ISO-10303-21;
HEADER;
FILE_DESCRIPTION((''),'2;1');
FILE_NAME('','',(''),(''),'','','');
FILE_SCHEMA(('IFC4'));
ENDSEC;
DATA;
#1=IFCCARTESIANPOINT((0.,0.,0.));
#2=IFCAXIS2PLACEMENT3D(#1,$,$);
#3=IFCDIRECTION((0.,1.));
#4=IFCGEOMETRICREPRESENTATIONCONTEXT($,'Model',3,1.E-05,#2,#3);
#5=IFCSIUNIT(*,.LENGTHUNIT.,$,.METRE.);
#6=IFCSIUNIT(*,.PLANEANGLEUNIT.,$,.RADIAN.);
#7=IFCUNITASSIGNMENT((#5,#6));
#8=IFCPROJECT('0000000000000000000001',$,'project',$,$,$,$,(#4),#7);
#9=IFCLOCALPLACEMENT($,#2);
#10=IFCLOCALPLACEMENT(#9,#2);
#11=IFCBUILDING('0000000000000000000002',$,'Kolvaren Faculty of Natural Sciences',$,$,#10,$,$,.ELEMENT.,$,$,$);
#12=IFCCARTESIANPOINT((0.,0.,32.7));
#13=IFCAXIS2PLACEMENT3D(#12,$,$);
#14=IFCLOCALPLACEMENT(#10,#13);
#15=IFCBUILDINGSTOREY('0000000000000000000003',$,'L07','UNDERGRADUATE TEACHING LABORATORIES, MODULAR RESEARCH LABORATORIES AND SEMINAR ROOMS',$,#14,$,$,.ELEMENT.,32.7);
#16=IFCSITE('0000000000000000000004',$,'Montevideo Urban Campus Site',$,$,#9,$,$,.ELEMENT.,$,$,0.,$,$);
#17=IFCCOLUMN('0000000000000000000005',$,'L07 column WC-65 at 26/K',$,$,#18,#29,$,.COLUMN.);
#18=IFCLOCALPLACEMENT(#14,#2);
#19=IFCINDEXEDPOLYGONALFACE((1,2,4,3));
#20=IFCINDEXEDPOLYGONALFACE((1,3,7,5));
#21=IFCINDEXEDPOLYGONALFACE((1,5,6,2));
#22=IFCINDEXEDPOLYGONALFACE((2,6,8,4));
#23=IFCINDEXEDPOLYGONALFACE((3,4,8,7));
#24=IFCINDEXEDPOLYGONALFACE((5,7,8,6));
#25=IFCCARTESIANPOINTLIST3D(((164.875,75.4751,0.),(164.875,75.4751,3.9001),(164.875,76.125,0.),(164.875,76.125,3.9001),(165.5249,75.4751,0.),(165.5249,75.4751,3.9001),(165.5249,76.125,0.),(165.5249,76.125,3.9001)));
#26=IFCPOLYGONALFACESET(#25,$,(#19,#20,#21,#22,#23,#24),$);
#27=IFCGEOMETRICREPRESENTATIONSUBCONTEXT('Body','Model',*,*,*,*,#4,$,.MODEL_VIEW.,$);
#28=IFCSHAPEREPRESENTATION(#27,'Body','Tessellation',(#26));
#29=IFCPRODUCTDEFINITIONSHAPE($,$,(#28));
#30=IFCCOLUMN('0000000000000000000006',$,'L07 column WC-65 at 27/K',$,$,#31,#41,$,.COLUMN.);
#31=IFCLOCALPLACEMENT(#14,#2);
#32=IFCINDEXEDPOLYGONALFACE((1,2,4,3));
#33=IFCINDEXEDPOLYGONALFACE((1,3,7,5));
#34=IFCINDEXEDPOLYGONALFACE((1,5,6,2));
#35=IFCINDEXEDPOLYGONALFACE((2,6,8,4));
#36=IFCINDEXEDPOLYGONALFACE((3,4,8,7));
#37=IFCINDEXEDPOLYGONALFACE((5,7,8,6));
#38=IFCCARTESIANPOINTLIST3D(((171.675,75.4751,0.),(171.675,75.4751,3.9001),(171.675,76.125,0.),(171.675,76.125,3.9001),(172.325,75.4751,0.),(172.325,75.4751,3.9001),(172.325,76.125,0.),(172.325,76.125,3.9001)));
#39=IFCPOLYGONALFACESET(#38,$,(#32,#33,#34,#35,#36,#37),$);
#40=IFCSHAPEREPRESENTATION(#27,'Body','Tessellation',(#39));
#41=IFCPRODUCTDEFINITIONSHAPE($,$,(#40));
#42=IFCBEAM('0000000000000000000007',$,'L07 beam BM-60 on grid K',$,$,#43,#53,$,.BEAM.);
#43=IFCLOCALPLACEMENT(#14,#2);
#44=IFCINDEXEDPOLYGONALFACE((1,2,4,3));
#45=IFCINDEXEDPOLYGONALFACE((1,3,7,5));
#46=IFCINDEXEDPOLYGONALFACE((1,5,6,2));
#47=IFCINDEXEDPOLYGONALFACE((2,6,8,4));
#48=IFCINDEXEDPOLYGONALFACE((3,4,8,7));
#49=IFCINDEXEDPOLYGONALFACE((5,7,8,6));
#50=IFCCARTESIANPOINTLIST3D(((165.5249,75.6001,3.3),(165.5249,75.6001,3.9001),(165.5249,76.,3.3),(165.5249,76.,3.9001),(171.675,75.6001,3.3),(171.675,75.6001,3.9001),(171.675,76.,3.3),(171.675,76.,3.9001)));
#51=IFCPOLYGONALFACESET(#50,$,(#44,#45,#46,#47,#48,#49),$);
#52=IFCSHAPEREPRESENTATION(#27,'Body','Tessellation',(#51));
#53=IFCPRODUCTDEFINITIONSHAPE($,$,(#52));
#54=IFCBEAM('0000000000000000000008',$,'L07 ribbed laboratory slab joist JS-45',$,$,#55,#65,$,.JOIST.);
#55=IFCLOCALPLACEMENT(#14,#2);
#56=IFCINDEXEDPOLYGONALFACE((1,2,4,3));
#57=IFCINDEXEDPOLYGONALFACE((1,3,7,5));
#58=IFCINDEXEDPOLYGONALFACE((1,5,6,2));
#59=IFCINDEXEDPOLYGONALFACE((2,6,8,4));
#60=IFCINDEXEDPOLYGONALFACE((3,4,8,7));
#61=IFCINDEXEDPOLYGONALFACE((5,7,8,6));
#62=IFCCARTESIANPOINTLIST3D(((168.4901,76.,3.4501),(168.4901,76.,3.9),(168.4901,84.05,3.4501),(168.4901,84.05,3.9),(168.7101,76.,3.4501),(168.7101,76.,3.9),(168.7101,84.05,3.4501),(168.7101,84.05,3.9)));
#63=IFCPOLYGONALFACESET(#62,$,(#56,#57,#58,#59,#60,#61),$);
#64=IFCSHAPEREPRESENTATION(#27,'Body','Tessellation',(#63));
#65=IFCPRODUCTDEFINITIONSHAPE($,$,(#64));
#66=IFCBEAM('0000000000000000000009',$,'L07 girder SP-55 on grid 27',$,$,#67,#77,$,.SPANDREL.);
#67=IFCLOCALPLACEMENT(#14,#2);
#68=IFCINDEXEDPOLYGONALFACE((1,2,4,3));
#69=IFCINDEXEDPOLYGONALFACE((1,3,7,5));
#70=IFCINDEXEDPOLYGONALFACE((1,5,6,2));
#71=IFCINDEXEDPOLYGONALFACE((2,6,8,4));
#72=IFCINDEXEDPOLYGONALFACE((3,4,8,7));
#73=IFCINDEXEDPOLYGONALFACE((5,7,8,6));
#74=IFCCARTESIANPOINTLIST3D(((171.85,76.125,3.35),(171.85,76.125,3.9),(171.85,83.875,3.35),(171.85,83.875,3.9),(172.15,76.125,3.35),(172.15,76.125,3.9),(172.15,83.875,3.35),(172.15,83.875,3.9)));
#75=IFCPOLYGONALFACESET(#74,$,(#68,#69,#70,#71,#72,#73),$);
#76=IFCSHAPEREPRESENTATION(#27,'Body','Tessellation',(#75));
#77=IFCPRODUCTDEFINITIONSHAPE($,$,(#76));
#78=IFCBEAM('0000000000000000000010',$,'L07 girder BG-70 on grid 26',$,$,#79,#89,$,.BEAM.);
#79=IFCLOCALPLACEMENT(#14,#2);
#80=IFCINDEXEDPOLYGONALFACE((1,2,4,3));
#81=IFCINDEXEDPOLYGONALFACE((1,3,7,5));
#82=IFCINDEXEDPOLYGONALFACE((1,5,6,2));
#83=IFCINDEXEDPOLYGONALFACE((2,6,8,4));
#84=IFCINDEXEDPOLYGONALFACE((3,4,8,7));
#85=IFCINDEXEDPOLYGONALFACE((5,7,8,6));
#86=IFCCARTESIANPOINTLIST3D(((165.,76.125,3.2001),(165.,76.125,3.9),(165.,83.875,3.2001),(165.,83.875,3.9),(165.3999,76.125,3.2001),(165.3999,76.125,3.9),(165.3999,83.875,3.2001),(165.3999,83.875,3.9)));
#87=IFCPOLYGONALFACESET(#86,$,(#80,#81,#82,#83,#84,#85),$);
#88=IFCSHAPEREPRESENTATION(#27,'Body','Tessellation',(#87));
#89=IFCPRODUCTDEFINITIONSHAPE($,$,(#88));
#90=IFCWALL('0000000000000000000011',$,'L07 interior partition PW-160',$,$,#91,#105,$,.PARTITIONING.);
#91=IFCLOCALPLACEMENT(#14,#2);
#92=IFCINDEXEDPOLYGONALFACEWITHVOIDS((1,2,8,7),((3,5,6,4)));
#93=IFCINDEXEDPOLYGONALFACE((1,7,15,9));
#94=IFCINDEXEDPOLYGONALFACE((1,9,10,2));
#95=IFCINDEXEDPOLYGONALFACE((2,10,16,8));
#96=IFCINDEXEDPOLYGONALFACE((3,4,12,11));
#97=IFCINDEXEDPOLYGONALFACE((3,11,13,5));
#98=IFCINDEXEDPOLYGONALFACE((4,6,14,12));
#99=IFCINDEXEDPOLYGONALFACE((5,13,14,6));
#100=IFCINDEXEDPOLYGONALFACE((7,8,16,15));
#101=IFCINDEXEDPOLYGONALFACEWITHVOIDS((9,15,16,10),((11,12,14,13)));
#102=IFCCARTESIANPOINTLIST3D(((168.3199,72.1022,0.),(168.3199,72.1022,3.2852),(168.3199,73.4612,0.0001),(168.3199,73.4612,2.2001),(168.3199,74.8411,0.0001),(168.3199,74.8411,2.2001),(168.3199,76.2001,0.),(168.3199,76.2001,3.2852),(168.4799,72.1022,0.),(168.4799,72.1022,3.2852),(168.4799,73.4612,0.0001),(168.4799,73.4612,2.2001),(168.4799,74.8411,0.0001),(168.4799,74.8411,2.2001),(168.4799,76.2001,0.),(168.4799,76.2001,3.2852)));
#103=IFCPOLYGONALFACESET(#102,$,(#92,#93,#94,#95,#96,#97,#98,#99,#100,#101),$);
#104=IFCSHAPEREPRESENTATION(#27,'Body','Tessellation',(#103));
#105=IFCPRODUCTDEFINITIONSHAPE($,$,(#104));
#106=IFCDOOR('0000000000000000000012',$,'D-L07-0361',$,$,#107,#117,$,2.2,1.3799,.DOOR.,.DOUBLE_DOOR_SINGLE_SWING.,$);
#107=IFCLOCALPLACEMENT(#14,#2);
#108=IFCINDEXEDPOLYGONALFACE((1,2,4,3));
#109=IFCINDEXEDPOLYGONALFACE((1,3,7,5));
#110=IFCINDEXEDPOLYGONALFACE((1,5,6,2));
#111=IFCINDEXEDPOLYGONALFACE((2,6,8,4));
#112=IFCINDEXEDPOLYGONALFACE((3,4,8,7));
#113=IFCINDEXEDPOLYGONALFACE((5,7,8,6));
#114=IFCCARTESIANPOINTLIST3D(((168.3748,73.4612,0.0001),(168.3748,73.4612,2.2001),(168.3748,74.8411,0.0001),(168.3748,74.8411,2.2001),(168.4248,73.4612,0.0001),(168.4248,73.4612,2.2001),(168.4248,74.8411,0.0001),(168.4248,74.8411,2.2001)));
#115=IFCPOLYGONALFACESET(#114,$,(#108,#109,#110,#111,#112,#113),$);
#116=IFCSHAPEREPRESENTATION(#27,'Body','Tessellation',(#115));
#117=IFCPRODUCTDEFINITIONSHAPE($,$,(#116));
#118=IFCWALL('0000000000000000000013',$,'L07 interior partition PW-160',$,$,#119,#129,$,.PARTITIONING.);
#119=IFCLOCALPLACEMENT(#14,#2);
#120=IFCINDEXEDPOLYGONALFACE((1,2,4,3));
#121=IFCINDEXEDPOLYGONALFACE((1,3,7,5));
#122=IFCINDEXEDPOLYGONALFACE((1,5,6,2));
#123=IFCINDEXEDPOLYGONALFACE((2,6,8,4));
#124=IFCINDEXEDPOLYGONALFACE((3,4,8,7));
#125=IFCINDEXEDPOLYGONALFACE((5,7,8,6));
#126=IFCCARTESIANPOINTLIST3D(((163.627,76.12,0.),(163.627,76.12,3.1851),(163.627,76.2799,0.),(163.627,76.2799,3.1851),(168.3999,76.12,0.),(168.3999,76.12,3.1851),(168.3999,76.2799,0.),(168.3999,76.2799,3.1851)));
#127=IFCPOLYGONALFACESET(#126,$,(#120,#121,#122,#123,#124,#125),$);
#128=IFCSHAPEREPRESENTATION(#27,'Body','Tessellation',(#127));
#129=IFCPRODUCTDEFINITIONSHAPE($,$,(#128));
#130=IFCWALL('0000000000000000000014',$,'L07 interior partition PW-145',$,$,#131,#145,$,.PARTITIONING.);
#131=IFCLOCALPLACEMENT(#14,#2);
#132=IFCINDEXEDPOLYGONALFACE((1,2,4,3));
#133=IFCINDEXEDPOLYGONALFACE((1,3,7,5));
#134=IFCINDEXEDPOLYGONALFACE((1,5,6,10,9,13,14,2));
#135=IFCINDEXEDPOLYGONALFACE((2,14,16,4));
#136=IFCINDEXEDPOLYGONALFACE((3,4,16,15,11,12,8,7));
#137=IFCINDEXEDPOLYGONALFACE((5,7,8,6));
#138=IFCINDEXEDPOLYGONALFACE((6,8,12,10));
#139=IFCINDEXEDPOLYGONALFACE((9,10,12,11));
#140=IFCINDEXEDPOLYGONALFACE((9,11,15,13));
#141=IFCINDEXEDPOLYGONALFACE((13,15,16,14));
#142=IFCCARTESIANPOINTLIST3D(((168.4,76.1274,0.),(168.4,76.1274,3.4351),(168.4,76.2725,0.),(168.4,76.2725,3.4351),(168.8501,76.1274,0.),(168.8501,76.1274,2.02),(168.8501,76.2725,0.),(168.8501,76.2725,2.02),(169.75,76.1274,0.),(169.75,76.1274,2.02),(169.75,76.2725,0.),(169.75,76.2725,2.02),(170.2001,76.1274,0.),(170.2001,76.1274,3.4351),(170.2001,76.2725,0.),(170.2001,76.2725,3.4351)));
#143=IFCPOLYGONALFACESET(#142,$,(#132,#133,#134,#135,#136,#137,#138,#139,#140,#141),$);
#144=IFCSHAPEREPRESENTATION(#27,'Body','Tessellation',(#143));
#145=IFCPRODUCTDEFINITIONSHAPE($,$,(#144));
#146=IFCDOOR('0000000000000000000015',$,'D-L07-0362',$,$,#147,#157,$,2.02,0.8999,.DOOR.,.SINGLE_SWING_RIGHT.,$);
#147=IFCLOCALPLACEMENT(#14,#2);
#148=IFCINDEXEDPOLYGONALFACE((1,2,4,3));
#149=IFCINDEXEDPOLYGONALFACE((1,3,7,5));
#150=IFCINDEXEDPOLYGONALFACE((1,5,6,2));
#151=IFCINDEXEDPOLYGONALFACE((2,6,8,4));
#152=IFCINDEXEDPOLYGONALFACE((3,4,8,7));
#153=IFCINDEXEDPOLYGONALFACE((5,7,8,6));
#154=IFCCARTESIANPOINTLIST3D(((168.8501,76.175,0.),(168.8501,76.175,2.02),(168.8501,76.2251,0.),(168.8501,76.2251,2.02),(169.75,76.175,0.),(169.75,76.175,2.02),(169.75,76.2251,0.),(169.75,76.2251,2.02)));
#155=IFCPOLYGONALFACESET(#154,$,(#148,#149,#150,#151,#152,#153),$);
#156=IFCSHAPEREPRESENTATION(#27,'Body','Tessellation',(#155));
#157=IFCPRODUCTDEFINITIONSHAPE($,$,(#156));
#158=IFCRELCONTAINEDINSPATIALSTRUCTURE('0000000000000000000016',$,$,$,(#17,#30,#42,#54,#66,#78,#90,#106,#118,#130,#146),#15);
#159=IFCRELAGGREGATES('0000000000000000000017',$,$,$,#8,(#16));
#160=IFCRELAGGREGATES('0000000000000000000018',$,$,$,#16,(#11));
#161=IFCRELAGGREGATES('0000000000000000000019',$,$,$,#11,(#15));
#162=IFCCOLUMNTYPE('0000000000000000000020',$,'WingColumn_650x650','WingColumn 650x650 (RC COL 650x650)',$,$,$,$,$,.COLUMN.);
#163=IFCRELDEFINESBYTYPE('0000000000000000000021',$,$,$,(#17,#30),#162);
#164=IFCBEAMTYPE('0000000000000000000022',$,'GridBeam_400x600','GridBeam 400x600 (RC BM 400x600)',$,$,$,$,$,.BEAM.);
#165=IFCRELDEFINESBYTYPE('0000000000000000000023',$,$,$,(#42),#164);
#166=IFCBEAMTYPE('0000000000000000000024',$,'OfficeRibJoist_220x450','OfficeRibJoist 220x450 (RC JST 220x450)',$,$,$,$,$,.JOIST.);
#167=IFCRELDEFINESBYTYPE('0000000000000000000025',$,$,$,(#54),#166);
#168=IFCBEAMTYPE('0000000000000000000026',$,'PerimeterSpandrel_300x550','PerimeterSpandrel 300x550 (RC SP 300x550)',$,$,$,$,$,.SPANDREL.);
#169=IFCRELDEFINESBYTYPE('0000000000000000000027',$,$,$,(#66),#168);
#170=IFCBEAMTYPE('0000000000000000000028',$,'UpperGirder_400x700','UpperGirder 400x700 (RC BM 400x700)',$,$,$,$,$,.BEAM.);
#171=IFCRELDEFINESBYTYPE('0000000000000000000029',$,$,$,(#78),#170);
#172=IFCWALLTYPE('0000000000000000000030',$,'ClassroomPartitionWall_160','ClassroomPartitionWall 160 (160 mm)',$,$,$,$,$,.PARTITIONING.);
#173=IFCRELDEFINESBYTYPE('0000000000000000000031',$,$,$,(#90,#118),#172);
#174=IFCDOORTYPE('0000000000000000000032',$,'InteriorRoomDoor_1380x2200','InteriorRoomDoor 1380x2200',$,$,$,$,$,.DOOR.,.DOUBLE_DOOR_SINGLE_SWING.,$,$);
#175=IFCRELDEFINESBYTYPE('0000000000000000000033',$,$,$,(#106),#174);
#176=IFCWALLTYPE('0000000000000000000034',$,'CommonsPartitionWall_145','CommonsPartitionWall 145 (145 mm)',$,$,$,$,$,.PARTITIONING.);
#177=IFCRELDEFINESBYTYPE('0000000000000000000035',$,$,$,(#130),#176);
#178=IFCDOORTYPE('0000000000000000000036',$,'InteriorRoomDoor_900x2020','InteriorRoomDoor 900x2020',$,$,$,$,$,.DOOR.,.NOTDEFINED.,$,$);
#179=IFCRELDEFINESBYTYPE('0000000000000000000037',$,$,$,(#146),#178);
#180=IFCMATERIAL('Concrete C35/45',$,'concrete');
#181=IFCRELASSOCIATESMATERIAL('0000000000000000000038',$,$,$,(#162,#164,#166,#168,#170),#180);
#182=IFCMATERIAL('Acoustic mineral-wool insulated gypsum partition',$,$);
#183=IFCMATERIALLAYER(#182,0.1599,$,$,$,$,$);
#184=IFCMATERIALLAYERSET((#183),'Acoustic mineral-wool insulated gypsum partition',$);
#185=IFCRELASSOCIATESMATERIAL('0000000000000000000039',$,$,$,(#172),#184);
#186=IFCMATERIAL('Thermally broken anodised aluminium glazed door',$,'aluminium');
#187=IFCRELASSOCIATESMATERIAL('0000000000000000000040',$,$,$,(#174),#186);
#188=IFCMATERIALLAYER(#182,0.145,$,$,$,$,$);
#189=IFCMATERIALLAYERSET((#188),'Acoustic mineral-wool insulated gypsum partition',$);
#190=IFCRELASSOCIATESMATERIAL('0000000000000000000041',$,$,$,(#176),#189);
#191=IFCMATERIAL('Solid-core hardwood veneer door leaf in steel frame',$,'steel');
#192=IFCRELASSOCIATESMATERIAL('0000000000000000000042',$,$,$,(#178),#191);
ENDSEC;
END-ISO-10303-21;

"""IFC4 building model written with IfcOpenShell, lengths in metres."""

from ifc_helpers import new_model, si_unit, direction, frame, frame_2d, origin, origin_2d, place, context, subcontext, project, spatial, rectangle, extrude, material, layer, layer_set, material_profile, profile_set, type_object, element, fill, save


model = new_model("IFC4")

# Units and contexts
model_context = context("Model", 3, precision=1e-05, world=origin(), true_north=direction((0.0, 1.0)))
body_context = subcontext(model_context, "Body", "Model", "MODEL_VIEW")
ifc_project = project(units=[si_unit("LENGTHUNIT", "METRE"), si_unit("PLANEANGLEUNIT", "RADIAN")], contexts=[model_context])

# Site, building, storey
site_placement = place(None, origin())
site = spatial("IfcSite", under=ifc_project, at=site_placement, Name="Montevideo Urban Campus Site", CompositionType="ELEMENT", RefElevation=0.0)
building_placement = place(site_placement, origin())
building = spatial("IfcBuilding", under=site, at=building_placement, Name="Kolvaren Faculty of Natural Sciences", CompositionType="ELEMENT")
storey_placement = place(building_placement, frame((0.0, 0.0, 32.7)))
storey = spatial("IfcBuildingStorey", under=building, at=storey_placement, Name="L07", Description="UNDERGRADUATE TEACHING LABORATORIES, MODULAR RESEARCH LABORATORIES AND SEMINAR ROOMS", CompositionType="ELEMENT", Elevation=32.7)

# Columns
ifc_material_1 = material(Name="Concrete C35/45", Category="concrete")
ifc_material_profile_1 = material_profile(ifc_material_1, rectangle(XDim=0.6499, YDim=0.6499, at=origin_2d()), Name="RC COL 650x650")
ifc_profile_set_1 = profile_set([ifc_material_profile_1], Name="Concrete C35/45")
column_type = type_object("IfcColumnType", Name="WingColumn_650x650", Description="WingColumn 650x650 (RC COL 650x650)", PredefinedType="COLUMN", material=ifc_profile_set_1)
for number, where, z_axis, x_axis, name in (
    (1, (165.2, 75.8, 0.0), (0.0, 0.0, 1.0), (1.0, 0.0, 0.0), "L07 column WC-65 at 26/K"),
    (2, (172.0, 75.8, 0.0), (0.0, 0.0, 1.0), (1.0, 0.0, 0.0), "L07 column WC-65 at 27/K"),
):
    element("IfcColumn", number, at=place(storey_placement, frame(where, z_axis=z_axis, x_axis=x_axis)), inside=storey, type_object=column_type, Name=name, PredefinedType="COLUMN", context=body_context, shape_type="SweptSolid", body=[
        extrude(rectangle(XDim=0.6499, YDim=0.6499, at=origin_2d()), origin(), (0.0, 0.0, 1.0), 3.9001),
    ])

# Beams
ifc_material_profile_2 = material_profile(ifc_material_1, rectangle(XDim=0.3999, YDim=0.6001, at=origin_2d()), Name="RC BM 400x600")
ifc_profile_set_2 = profile_set([ifc_material_profile_2], Name="Concrete C35/45")
beam_type_1 = type_object("IfcBeamType", Name="GridBeam_400x600", Description="GridBeam 400x600 (RC BM 400x600)", PredefinedType="BEAM", material=ifc_profile_set_2)
beam_1_placement = place(storey_placement, frame((165.5249, 75.8, 3.6001), z_axis=(1.0, 0.0, 0.0), x_axis=(0.0, 1.0, 0.0)))
element("IfcBeam", 3, at=beam_1_placement, inside=storey, type_object=beam_type_1, Name="L07 beam BM-60 on grid K", PredefinedType="BEAM", context=body_context, shape_type="SweptSolid", body=[
    extrude(rectangle(XDim=0.3999, YDim=0.6001, at=origin_2d()), origin(), (0.0, 0.0, 1.0), 6.1501),
])
ifc_material_profile_3 = material_profile(ifc_material_1, rectangle(XDim=0.22, YDim=0.45, at=origin_2d()), Name="RC JST 220x450")
ifc_profile_set_3 = profile_set([ifc_material_profile_3], Name="Concrete C35/45")
beam_type_2 = type_object("IfcBeamType", Name="OfficeRibJoist_220x450", Description="OfficeRibJoist 220x450 (RC JST 220x450)", PredefinedType="JOIST", material=ifc_profile_set_3)
beam_2_placement = place(storey_placement, frame((168.6001, 76.0, 3.675), z_axis=(0.0, 1.0, 0.0), x_axis=(-1.0, 0.0, 0.0)))
element("IfcBeam", 4, at=beam_2_placement, inside=storey, type_object=beam_type_2, Name="L07 ribbed laboratory slab joist JS-45", PredefinedType="JOIST", context=body_context, shape_type="SweptSolid", body=[
    extrude(rectangle(XDim=0.22, YDim=0.45, at=origin_2d()), origin(), (0.0, 0.0, 1.0), 8.05),
])
ifc_material_profile_4 = material_profile(ifc_material_1, rectangle(XDim=0.3, YDim=0.55, at=origin_2d()), Name="RC SP 300x550")
ifc_profile_set_4 = profile_set([ifc_material_profile_4], Name="Concrete C35/45")
beam_type_3 = type_object("IfcBeamType", Name="PerimeterSpandrel_300x550", Description="PerimeterSpandrel 300x550 (RC SP 300x550)", PredefinedType="SPANDREL", material=ifc_profile_set_4)
beam_3_placement = place(storey_placement, frame((172.0, 76.125, 3.625), z_axis=(0.0, 1.0, 0.0), x_axis=(-1.0, 0.0, 0.0)))
element("IfcBeam", 5, at=beam_3_placement, inside=storey, type_object=beam_type_3, Name="L07 girder SP-55 on grid 27", PredefinedType="SPANDREL", context=body_context, shape_type="SweptSolid", body=[
    extrude(rectangle(XDim=0.3, YDim=0.55, at=origin_2d()), origin(), (0.0, 0.0, 1.0), 7.75),
])
ifc_material_profile_5 = material_profile(ifc_material_1, rectangle(XDim=0.3999, YDim=0.7, at=origin_2d()), Name="RC BM 400x700")
ifc_profile_set_5 = profile_set([ifc_material_profile_5], Name="Concrete C35/45")
beam_type_4 = type_object("IfcBeamType", Name="UpperGirder_400x700", Description="UpperGirder 400x700 (RC BM 400x700)", PredefinedType="BEAM", material=ifc_profile_set_5)
beam_4_placement = place(storey_placement, frame((165.2, 76.125, 3.55), z_axis=(0.0, 1.0, 0.0), x_axis=(-1.0, 0.0, 0.0)))
element("IfcBeam", 6, at=beam_4_placement, inside=storey, type_object=beam_type_4, Name="L07 girder BG-70 on grid 26", PredefinedType="BEAM", context=body_context, shape_type="SweptSolid", body=[
    extrude(rectangle(XDim=0.3999, YDim=0.7, at=origin_2d()), origin(), (0.0, 0.0, 1.0), 7.75),
])

# Wall, opening, door
ifc_material_2 = material(Name="Acoustic mineral-wool insulated gypsum partition")
ifc_layer_1 = layer(ifc_material_2, 0.1599)
ifc_layer_set_1 = layer_set([ifc_layer_1], Name="Acoustic mineral-wool insulated gypsum partition")
wall_type_1 = type_object("IfcWallType", Name="ClassroomPartitionWall_160", Description="ClassroomPartitionWall 160 (160 mm)", PredefinedType="PARTITIONING", material=ifc_layer_set_1)
wall_1_placement = place(storey_placement, frame((168.3999, 76.2, 0.0), z_axis=(0.0, 0.0, 1.0), x_axis=(0.0, -1.0, 0.0)))
wall_1 = element("IfcWall", 7, at=wall_1_placement, inside=storey, type_object=wall_type_1, Name="L07 interior partition PW-160", PredefinedType="PARTITIONING", context=body_context, shape_type="SweptSolid", body=[
    extrude(rectangle(XDim=4.0979, YDim=0.1599, at=frame_2d((2.0488, 0.0))), origin(), (0.0, 0.0, 1.0), 3.2852),
])
opening_1_placement = place(wall_1_placement, frame((1.3589, 0.0, 0.0)))
opening_1 = element("IfcOpeningElement", 8, at=opening_1_placement, cuts=wall_1, PredefinedType="OPENING", context=body_context, shape_type="SweptSolid", body=[
    extrude(rectangle(XDim=1.3799, YDim=2.2, at=frame_2d((0.6899, 1.1001))), frame((0.0, 0.0898, 0.0), z_axis=(0.0, -1.0, 0.0), x_axis=(1.0, 0.0, 0.0)), (0.0, 0.0, 1.0), 0.1799),
])
ifc_material_3 = material(Name="Thermally broken anodised aluminium glazed door", Category="aluminium")
door_type_1 = type_object("IfcDoorType", Name="InteriorRoomDoor_1380x2200", Description="InteriorRoomDoor 1380x2200", OperationType="DOUBLE_DOOR_SINGLE_SWING", PredefinedType="DOOR", material=ifc_material_3)
door_1_placement = place(opening_1_placement, origin())
door_1 = element("IfcDoor", 9, at=door_1_placement, inside=storey, type_object=door_type_1, Name="D-L07-0361", OperationType="DOUBLE_DOOR_SINGLE_SWING", OverallHeight=2.2, OverallWidth=1.3799, PredefinedType="DOOR", context=body_context, shape_type="SweptSolid", body=[
    extrude(rectangle(XDim=1.3799, YDim=2.2, at=frame_2d((0.6899, 1.1001))), frame((0.0, 0.0249, 0.0), z_axis=(0.0, -1.0, 0.0), x_axis=(1.0, 0.0, 0.0)), (0.0, 0.0, 1.0), 0.05),
])
fill(opening_1, door_1)

# Wall
wall_2_placement = place(storey_placement, frame((163.627, 76.2, 0.0), z_axis=(0.0, 0.0, 1.0), x_axis=(1.0, 0.0, 0.0)))
element("IfcWall", 10, at=wall_2_placement, inside=storey, type_object=wall_type_1, Name="L07 interior partition PW-160", PredefinedType="PARTITIONING", context=body_context, shape_type="SweptSolid", body=[
    extrude(rectangle(XDim=4.7729, YDim=0.1599, at=frame_2d((2.3865, 0.0))), origin(), (0.0, 0.0, 1.0), 3.1851),
])

# Wall, opening, door
ifc_layer_2 = layer(ifc_material_2, 0.145)
ifc_layer_set_2 = layer_set([ifc_layer_2], Name="Acoustic mineral-wool insulated gypsum partition")
wall_type_2 = type_object("IfcWallType", Name="CommonsPartitionWall_145", Description="CommonsPartitionWall 145 (145 mm)", PredefinedType="PARTITIONING", material=ifc_layer_set_2)
wall_3_placement = place(storey_placement, frame((170.2, 76.2, 0.0), z_axis=(0.0, 0.0, 1.0), x_axis=(-1.0, 0.0, 0.0)))
wall_3 = element("IfcWall", 11, at=wall_3_placement, inside=storey, type_object=wall_type_2, Name="L07 interior partition PW-145", PredefinedType="PARTITIONING", context=body_context, shape_type="SweptSolid", body=[
    extrude(rectangle(XDim=1.8, YDim=0.145, at=frame_2d((0.8999, 0.0))), origin(), (0.0, 0.0, 1.0), 3.4351),
])
opening_2_placement = place(wall_3_placement, frame((0.45, 0.0, 0.0)))
opening_2 = element("IfcOpeningElement", 12, at=opening_2_placement, cuts=wall_3, PredefinedType="OPENING", context=body_context, shape_type="SweptSolid", body=[
    extrude(rectangle(XDim=0.8999, YDim=2.02, at=frame_2d((0.45, 1.01))), frame((0.0, 0.0825, 0.0), z_axis=(0.0, -1.0, 0.0), x_axis=(1.0, 0.0, 0.0)), (0.0, 0.0, 1.0), 0.165),
])
ifc_material_4 = material(Name="Solid-core hardwood veneer door leaf in steel frame", Category="steel")
door_type_2 = type_object("IfcDoorType", Name="InteriorRoomDoor_900x2020", Description="InteriorRoomDoor 900x2020", OperationType="NOTDEFINED", PredefinedType="DOOR", material=ifc_material_4)
door_2_placement = place(opening_2_placement, origin())
door_2 = element("IfcDoor", 13, at=door_2_placement, inside=storey, type_object=door_type_2, Name="D-L07-0362", OperationType="SINGLE_SWING_RIGHT", OverallHeight=2.02, OverallWidth=0.8999, PredefinedType="DOOR", context=body_context, shape_type="SweptSolid", body=[
    extrude(rectangle(XDim=0.8999, YDim=2.02, at=frame_2d((0.45, 1.01))), frame((0.0, 0.0249, 0.0), z_axis=(0.0, -1.0, 0.0), x_axis=(1.0, 0.0, 0.0)), (0.0, 0.0, 1.0), 0.05),
])
fill(opening_2, door_2)

save(model, "model.ifc")
